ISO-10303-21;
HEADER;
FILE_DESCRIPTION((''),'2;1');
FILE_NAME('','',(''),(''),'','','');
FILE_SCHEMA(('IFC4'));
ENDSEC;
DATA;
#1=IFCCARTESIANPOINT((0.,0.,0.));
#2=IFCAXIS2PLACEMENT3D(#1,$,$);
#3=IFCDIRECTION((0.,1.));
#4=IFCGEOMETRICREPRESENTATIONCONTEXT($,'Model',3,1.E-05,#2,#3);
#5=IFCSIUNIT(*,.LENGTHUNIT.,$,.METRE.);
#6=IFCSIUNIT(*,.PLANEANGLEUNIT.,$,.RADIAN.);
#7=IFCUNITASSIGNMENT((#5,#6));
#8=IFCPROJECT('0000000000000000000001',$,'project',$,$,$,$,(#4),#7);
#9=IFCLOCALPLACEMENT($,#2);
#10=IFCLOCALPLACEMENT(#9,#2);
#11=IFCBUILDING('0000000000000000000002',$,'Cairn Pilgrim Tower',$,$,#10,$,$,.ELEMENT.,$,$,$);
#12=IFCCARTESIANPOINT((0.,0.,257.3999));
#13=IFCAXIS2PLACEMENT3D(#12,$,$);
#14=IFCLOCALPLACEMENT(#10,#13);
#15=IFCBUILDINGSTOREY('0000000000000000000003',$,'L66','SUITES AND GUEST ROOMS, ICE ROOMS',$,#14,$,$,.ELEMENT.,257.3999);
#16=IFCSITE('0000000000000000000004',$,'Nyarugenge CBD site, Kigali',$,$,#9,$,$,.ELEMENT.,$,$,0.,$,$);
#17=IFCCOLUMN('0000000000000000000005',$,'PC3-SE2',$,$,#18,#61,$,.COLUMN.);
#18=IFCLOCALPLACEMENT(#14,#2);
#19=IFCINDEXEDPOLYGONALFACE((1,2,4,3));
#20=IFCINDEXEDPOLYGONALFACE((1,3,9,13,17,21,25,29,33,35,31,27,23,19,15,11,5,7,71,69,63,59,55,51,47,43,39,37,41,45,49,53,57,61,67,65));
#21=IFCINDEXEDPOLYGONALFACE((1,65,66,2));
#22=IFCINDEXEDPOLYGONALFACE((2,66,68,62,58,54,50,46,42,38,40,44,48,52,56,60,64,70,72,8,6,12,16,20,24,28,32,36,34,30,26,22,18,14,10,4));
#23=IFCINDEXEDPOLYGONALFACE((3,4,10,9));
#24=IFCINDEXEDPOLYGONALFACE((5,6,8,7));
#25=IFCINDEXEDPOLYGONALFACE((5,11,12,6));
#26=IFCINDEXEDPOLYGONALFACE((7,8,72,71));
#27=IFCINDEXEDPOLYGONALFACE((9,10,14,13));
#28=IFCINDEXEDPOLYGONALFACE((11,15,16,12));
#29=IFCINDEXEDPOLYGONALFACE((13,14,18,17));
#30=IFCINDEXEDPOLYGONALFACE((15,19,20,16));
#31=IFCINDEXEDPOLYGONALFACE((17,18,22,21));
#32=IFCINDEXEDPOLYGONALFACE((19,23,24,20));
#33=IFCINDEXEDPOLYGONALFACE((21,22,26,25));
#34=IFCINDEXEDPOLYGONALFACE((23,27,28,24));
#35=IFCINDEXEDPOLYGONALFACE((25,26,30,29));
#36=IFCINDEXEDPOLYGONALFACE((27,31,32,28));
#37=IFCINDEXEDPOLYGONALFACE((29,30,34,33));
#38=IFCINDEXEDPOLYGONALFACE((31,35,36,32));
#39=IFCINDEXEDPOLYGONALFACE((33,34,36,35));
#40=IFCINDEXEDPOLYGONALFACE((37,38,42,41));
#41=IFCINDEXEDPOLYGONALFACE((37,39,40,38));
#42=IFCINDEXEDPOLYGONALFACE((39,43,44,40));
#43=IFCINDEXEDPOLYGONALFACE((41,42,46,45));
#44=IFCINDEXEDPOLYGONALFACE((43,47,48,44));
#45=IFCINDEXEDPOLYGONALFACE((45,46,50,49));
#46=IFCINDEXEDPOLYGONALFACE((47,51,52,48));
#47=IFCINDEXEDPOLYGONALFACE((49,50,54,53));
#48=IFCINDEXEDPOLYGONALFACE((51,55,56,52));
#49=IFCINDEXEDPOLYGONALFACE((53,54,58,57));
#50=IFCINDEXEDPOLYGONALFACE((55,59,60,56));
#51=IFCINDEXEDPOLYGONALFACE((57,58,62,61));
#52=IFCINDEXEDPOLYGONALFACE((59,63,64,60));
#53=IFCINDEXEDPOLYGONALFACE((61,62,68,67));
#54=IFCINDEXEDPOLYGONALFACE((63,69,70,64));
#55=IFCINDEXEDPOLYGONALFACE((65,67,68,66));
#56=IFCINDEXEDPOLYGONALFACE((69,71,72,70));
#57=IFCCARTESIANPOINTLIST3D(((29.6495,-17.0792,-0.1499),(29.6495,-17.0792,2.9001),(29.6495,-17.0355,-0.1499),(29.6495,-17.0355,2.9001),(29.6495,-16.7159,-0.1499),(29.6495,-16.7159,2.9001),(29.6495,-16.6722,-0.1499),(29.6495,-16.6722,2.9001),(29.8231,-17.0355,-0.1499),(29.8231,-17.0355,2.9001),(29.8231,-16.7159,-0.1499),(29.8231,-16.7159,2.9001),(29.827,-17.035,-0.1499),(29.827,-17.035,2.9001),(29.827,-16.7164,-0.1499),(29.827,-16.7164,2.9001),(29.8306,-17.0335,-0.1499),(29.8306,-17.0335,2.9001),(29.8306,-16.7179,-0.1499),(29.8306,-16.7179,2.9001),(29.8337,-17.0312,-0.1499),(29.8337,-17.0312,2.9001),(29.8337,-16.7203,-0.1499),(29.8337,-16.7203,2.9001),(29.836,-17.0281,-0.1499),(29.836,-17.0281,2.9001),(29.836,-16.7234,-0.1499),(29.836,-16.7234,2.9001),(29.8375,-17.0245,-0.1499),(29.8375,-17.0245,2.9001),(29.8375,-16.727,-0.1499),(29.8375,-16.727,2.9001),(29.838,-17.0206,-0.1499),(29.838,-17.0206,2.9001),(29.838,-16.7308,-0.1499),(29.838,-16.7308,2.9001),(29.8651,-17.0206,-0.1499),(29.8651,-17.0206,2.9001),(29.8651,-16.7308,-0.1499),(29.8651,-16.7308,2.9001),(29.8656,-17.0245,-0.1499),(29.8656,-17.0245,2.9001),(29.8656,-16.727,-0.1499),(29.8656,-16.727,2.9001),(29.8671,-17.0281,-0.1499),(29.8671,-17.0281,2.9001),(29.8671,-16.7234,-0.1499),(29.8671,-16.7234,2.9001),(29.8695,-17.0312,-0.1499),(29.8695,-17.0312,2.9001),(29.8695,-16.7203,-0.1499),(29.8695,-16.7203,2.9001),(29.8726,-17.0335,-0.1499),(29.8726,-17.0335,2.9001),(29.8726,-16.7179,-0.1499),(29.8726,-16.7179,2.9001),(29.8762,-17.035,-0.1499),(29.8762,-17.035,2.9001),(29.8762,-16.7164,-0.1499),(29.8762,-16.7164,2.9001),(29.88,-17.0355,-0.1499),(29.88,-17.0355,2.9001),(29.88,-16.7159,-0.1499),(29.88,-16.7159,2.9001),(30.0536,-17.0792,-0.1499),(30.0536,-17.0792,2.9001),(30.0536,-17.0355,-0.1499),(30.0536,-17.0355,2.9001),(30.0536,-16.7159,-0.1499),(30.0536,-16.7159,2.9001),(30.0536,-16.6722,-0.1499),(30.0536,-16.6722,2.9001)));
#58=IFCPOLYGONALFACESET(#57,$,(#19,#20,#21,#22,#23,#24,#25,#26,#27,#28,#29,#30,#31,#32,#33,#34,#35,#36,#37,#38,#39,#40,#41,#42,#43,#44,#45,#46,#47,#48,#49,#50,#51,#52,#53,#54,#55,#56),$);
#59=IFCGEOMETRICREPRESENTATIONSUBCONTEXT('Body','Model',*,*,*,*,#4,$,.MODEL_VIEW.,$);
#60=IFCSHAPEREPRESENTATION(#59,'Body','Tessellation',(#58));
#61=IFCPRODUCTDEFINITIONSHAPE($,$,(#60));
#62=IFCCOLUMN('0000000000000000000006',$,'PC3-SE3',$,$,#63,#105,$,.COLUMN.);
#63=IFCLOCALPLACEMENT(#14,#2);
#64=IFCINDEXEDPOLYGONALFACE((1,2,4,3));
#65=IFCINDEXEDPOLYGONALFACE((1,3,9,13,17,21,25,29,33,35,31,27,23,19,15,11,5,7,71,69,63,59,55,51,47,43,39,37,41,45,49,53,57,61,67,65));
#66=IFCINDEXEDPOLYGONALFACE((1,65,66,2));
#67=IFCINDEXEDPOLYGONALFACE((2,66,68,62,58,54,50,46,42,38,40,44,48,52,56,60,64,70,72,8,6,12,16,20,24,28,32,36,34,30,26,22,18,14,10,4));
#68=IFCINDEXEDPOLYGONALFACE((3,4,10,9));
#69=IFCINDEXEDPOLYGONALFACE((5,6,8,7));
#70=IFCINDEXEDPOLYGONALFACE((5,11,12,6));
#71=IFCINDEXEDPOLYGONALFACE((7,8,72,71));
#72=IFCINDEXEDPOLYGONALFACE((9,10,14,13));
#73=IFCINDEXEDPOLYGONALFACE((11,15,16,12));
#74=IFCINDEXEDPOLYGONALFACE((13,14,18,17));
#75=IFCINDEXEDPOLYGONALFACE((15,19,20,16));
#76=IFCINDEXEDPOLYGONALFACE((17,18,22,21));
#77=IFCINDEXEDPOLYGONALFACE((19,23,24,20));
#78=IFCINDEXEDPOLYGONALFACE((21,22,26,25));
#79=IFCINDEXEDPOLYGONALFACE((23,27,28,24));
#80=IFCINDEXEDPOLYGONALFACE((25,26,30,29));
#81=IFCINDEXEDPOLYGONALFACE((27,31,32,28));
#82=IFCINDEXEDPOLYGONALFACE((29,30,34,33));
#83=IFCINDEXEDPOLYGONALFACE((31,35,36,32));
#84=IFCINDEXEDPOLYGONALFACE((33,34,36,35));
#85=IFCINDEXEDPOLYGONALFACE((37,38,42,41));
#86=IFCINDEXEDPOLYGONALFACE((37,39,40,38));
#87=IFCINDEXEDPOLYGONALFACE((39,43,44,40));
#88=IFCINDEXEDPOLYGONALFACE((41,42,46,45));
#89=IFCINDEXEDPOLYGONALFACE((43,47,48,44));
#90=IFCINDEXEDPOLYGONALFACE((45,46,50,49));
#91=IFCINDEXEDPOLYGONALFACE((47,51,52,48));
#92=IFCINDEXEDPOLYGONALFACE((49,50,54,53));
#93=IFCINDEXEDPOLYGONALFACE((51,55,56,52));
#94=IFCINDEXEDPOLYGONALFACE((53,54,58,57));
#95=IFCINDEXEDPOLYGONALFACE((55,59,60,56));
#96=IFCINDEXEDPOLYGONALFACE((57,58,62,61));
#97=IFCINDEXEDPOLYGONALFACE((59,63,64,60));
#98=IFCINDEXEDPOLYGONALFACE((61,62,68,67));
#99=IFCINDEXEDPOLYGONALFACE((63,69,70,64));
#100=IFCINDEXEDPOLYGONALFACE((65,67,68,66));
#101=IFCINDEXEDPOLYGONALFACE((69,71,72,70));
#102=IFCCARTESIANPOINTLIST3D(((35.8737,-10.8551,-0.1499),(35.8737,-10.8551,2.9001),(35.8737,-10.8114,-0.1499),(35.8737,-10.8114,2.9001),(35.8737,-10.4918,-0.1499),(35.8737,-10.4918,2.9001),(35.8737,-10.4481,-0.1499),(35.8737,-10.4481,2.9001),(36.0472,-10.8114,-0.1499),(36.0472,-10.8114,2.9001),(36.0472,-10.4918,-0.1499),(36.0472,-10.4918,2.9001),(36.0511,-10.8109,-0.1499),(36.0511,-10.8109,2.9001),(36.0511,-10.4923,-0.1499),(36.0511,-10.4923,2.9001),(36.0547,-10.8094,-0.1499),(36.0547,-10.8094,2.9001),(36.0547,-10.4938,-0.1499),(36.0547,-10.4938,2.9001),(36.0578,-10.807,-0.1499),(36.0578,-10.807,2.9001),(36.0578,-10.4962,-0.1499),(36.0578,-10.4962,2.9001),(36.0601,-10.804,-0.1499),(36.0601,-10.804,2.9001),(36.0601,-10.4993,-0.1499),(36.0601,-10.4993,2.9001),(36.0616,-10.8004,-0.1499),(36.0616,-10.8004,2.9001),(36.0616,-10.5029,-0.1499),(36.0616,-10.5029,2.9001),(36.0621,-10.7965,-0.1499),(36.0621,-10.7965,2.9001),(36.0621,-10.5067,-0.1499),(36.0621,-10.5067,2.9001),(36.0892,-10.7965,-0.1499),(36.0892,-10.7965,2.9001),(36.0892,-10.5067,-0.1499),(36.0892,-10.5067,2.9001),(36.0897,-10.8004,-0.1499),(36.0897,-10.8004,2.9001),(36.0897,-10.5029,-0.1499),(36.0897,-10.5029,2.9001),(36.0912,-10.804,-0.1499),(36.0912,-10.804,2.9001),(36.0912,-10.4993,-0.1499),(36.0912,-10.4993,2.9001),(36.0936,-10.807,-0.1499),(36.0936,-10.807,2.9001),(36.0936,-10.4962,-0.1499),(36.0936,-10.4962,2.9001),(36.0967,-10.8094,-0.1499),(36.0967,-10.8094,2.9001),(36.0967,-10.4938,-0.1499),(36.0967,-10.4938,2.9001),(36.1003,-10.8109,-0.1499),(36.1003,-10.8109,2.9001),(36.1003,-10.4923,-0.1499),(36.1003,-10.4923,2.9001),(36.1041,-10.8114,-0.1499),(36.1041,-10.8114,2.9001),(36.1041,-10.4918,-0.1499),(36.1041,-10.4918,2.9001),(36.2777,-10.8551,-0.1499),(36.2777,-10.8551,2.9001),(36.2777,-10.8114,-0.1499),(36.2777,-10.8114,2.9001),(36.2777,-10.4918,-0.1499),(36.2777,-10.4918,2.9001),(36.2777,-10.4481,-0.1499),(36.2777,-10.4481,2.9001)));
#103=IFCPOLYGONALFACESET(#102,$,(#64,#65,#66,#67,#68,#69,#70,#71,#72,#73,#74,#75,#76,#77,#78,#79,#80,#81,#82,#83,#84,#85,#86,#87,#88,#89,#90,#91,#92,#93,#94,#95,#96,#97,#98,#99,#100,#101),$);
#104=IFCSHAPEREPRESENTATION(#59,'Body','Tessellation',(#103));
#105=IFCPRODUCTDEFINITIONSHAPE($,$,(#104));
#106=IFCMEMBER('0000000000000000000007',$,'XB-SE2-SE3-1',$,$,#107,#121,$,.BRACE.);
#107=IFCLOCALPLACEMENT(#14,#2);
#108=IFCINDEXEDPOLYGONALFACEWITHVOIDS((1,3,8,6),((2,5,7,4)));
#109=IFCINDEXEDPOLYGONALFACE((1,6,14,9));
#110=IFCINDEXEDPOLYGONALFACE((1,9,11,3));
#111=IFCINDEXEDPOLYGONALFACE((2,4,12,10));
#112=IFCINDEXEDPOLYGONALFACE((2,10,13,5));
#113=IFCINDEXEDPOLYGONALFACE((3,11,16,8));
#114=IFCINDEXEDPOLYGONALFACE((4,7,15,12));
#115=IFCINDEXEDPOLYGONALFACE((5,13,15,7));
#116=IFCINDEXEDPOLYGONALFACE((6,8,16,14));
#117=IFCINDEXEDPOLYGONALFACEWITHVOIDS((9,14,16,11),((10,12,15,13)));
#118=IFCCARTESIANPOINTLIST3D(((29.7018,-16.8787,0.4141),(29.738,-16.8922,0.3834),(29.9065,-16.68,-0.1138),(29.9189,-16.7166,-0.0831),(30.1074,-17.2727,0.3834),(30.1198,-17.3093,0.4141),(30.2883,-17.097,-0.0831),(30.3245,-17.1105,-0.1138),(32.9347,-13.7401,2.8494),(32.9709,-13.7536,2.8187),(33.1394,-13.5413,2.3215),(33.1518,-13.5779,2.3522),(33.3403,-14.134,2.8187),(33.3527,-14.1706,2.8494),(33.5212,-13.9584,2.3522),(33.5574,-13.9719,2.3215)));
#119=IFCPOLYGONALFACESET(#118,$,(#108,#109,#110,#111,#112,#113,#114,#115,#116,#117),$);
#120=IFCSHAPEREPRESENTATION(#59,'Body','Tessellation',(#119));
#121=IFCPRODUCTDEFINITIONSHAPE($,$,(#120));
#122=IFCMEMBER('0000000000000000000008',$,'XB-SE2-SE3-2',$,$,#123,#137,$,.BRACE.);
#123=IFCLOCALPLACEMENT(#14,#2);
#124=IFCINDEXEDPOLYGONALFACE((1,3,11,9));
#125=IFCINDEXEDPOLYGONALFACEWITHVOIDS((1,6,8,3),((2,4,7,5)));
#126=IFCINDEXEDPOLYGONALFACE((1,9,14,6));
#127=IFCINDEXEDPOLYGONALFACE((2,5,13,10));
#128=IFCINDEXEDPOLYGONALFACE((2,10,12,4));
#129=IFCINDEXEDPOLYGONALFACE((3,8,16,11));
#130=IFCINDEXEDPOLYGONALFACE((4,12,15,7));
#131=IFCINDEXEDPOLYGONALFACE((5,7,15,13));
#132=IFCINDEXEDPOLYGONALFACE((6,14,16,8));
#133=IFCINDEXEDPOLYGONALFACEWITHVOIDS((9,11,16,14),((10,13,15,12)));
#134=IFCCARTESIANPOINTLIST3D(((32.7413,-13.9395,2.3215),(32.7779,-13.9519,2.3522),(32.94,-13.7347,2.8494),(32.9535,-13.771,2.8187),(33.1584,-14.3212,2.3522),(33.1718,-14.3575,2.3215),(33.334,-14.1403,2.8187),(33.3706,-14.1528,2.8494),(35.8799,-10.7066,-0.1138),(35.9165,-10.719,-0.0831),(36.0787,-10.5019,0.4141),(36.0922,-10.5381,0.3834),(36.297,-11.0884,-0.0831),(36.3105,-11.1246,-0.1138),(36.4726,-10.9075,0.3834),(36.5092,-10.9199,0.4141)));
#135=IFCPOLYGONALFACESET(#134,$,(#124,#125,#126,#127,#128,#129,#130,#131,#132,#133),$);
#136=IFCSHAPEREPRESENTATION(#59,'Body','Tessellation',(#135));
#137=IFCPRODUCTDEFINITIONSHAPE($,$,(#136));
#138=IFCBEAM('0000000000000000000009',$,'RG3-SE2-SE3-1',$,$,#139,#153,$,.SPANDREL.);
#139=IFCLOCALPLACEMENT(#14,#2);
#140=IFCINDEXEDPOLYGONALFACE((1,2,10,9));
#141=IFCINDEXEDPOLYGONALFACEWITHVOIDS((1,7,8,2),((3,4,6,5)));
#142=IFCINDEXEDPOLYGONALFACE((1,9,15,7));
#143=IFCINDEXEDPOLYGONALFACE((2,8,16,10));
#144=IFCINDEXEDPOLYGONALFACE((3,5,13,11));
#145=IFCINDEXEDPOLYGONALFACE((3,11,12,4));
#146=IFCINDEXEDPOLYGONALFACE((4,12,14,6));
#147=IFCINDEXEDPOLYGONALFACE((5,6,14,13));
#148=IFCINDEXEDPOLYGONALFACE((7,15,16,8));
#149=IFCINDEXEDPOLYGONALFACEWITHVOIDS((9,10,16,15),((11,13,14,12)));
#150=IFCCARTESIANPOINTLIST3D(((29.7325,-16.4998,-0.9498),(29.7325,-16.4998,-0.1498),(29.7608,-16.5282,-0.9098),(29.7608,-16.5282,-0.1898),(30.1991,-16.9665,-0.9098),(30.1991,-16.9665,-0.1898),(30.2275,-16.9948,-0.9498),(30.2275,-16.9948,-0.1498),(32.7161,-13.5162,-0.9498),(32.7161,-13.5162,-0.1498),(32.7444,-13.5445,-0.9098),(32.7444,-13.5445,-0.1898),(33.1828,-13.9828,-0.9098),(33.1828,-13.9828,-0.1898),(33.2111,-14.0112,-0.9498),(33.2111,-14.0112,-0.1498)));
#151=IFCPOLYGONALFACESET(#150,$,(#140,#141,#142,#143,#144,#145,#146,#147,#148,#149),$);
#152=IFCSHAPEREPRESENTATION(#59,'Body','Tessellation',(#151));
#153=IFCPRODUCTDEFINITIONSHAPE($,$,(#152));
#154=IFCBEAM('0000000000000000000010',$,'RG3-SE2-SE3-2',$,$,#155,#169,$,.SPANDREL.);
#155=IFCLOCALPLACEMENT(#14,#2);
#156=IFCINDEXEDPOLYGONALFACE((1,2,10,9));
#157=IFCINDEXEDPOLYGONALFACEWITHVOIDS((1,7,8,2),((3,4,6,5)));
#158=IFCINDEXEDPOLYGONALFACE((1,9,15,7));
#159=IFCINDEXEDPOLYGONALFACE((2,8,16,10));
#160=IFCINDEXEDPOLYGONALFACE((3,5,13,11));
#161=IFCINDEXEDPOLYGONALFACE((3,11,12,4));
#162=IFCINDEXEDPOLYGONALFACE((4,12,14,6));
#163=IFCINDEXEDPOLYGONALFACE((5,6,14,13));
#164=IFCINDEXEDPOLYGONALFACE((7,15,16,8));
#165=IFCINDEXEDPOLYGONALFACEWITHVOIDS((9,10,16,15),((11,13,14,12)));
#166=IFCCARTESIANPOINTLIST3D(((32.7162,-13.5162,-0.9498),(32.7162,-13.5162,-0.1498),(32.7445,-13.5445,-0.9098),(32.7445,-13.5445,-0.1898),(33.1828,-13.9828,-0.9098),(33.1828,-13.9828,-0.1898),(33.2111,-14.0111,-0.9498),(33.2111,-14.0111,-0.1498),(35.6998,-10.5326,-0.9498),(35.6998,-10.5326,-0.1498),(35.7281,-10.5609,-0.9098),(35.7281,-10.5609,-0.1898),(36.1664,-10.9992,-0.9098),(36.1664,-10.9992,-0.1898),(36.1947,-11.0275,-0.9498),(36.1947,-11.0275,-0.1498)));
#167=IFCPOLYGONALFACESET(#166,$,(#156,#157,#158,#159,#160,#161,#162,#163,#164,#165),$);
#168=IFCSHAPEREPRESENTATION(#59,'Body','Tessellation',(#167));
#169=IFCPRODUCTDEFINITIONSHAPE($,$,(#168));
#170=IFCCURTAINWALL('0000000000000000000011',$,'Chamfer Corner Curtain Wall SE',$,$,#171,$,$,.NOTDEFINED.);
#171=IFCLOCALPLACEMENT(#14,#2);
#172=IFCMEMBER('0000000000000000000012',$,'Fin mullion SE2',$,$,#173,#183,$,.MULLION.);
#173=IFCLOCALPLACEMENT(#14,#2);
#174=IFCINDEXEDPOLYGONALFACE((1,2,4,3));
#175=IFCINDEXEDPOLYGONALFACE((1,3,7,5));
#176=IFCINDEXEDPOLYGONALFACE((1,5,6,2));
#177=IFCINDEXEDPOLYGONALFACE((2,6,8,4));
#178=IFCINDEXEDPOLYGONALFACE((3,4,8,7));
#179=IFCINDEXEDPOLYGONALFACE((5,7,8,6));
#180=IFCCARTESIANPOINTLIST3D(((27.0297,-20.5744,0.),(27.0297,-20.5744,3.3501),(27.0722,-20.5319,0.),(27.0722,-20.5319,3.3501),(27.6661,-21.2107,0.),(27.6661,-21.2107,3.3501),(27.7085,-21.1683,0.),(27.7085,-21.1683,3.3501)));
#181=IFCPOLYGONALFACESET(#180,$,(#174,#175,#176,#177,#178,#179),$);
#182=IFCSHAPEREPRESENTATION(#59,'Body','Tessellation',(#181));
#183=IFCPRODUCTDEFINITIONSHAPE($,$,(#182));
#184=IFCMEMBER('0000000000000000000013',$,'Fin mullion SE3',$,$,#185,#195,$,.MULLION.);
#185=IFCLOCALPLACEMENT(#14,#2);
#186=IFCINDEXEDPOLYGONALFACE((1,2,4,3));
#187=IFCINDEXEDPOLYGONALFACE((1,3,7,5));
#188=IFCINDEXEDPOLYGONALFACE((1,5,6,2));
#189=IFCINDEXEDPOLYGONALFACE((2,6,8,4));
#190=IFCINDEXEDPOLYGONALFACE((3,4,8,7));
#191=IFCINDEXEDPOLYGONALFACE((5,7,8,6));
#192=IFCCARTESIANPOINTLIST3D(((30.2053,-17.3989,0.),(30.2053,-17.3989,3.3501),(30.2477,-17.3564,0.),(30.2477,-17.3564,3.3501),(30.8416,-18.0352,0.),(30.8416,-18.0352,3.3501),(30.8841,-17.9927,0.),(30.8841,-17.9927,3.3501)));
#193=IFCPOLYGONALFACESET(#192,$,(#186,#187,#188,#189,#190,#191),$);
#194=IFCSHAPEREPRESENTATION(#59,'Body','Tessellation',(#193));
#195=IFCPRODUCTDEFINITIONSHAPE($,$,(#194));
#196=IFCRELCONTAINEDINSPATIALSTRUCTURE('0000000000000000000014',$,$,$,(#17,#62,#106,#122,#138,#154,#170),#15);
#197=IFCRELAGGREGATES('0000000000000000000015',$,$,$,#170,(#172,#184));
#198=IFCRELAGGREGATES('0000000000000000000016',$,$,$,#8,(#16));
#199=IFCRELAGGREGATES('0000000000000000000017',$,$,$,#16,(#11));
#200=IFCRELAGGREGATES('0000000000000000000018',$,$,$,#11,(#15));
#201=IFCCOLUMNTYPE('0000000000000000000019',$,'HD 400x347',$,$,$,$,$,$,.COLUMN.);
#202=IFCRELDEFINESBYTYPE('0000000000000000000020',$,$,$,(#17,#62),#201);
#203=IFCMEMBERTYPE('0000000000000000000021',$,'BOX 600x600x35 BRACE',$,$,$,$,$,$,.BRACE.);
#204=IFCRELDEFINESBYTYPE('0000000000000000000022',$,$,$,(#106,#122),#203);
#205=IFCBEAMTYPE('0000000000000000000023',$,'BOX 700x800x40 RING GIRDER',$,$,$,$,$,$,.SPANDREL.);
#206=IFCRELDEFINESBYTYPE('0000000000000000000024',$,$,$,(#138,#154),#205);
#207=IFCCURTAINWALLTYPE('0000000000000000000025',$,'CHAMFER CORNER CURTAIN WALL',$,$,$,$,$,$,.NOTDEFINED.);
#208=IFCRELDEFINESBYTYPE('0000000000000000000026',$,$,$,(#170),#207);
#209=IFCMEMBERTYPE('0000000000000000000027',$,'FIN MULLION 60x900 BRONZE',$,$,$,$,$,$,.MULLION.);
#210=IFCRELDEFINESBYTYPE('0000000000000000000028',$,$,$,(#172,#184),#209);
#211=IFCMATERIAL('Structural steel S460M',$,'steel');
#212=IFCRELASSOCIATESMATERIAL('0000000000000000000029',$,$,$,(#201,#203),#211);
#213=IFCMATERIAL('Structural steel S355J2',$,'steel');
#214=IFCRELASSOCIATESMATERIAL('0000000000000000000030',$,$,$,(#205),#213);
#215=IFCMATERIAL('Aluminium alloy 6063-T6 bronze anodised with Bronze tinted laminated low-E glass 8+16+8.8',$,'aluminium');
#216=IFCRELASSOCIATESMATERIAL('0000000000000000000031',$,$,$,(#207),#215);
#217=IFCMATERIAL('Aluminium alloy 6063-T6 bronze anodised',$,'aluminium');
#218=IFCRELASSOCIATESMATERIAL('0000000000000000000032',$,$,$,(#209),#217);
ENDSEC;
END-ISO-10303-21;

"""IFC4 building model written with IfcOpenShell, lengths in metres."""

from ifc_helpers import new_model, si_unit, direction, frame, origin, origin_2d, place, context, subcontext, project, spatial, rectangle, hollow_rectangle, i_section, extrude, clip, halfspace, material, material_profile, profile_set, type_object, element, aggregate, save


model = new_model("IFC4")

# Units and contexts
model_context = context("Model", 3, precision=1e-05, world=origin(), true_north=direction((0.0, 1.0)))
body_context = subcontext(model_context, "Body", "Model", "MODEL_VIEW")
ifc_project = project(units=[si_unit("LENGTHUNIT", "METRE"), si_unit("PLANEANGLEUNIT", "RADIAN")], contexts=[model_context])

# Site, building, storey
site_placement = place(None, origin())
site = spatial("IfcSite", under=ifc_project, at=site_placement, Name="Nyarugenge CBD site, Kigali", CompositionType="ELEMENT", RefElevation=0.0)
building_placement = place(site_placement, origin())
building = spatial("IfcBuilding", under=site, at=building_placement, Name="Cairn Pilgrim Tower", CompositionType="ELEMENT")
storey_placement = place(building_placement, frame((0.0, 0.0, 257.3999)))
storey = spatial("IfcBuildingStorey", under=building, at=storey_placement, Name="L66", Description="SUITES AND GUEST ROOMS, ICE ROOMS", CompositionType="ELEMENT", Elevation=257.3999)

# Columns
ifc_material_1 = material(Name="Structural steel S460M", Category="steel")
ifc_material_profile_1 = material_profile(ifc_material_1, i_section(OverallWidth=0.4041, OverallDepth=0.407, WebThickness=0.0271, FlangeThickness=0.0437, FilletRadius=0.0149, at=origin_2d()), Name="HD 400x347")
ifc_profile_set_1 = profile_set([ifc_material_profile_1], Name="Structural steel S460M")
column_type = type_object("IfcColumnType", Name="HD 400x347", PredefinedType="COLUMN", material=ifc_profile_set_1)
for number, where, z_axis, x_axis, name in (
    (1, (29.8516, -16.8757, -0.1499), (0.0, 0.0, 1.0), (1.0, 0.0, 0.0), "PC3-SE2"),
    (2, (36.0757, -10.6516, -0.1499), (0.0, 0.0, 1.0), (1.0, 0.0, 0.0), "PC3-SE3"),
):
    element("IfcColumn", number, at=place(storey_placement, frame(where, z_axis=z_axis, x_axis=x_axis)), inside=storey, type_object=column_type, Name=name, PredefinedType="COLUMN", context=body_context, shape_type="Clipping", body=[
        clip(extrude(i_section(OverallWidth=0.4041, OverallDepth=0.407, WebThickness=0.0271, FlangeThickness=0.0437, FilletRadius=0.0149, at=origin_2d()), origin(), (0.0, 0.0, 1.0), 3.5), halfspace(frame((0.0, 0.0, 3.05), z_axis=(0.0, 0.0, 1.0), x_axis=(1.0, 0.0, 0.0)), False)),
    ])

# Members
ifc_material_profile_2 = material_profile(ifc_material_1, hollow_rectangle(XDim=0.6001, YDim=0.6001, WallThickness=0.0349, at=origin_2d()), Name="BOX 600x600x35")
ifc_profile_set_2 = profile_set([ifc_material_profile_2], Name="Structural steel S460M")
member_type_1 = type_object("IfcMemberType", Name="BOX 600x600x35 BRACE", PredefinedType="BRACE", material=ifc_profile_set_2)
for number, where, z_axis, x_axis, name in (
    (3, (30.0132, -16.9946, 0.1501), (0.631196, 0.612797, 0.47547), (-0.696572, 0.717487, 0.0), "XB-SE2-SE3-1"),
    (4, (36.1946, -10.8132, 0.1501), (-0.612797, -0.631196, 0.47547), (0.717487, -0.696572, 0.0), "XB-SE2-SE3-2"),
):
    element("IfcMember", number, at=place(storey_placement, frame(where, z_axis=z_axis, x_axis=x_axis)), inside=storey, type_object=member_type_1, Name=name, PredefinedType="BRACE", context=body_context, shape_type="SweptSolid", body=[
        extrude(hollow_rectangle(XDim=0.6001, YDim=0.6001, WallThickness=0.0349, at=origin_2d()), origin(), (0.0, 0.0, 1.0), 5.1218),
    ])

# Beams
ifc_material_2 = material(Name="Structural steel S355J2", Category="steel")
ifc_material_profile_3 = material_profile(ifc_material_2, hollow_rectangle(XDim=0.7, YDim=0.8, WallThickness=0.04, at=origin_2d()), Name="BOX 700x800x40")
ifc_profile_set_3 = profile_set([ifc_material_profile_3], Name="Structural steel S355J2")
beam_type_1 = type_object("IfcBeamType", Name="BOX 700x800x40 RING GIRDER", PredefinedType="SPANDREL", material=ifc_profile_set_3)
for number, where, z_axis, x_axis, name in (
    (5, (29.98, -16.7473, -0.5498), (0.707107, 0.707107, 0.0), (-0.707107, 0.707107, 0.0), "RG3-SE2-SE3-1"),
    (6, (32.9636, -13.7637, -0.5498), (0.707107, 0.707107, 0.0), (-0.707107, 0.707107, 0.0), "RG3-SE2-SE3-2"),
):
    element("IfcBeam", number, at=place(storey_placement, frame(where, z_axis=z_axis, x_axis=x_axis)), inside=storey, type_object=beam_type_1, Name=name, PredefinedType="SPANDREL", context=body_context, shape_type="SweptSolid", body=[
        extrude(hollow_rectangle(XDim=0.7, YDim=0.8, WallThickness=0.04, at=origin_2d()), origin(), (0.0, 0.0, 1.0), 4.2195),
    ])

# Curtain wall, members
ifc_material_3 = material(Name="Aluminium alloy 6063-T6 bronze anodised with Bronze tinted laminated low-E glass 8+16+8.8", Category="aluminium")
curtain_wall_type = type_object("IfcCurtainWallType", Name="CHAMFER CORNER CURTAIN WALL", PredefinedType="NOTDEFINED", material=ifc_material_3)
curtain_wall_placement = place(storey_placement, origin())
curtain_wall = element("IfcCurtainWall", 7, at=curtain_wall_placement, inside=storey, type_object=curtain_wall_type, Name="Chamfer Corner Curtain Wall SE", PredefinedType="NOTDEFINED")
ifc_material_4 = material(Name="Aluminium alloy 6063-T6 bronze anodised", Category="aluminium")
ifc_material_profile_4 = material_profile(ifc_material_4, rectangle(XDim=0.8999, YDim=0.0601, at=origin_2d()), Name="FIN MULLION 60x900 BRONZE")
ifc_profile_set_4 = profile_set([ifc_material_profile_4], Name="Aluminium alloy 6063-T6 bronze anodised")
member_type_2 = type_object("IfcMemberType", Name="FIN MULLION 60x900 BRONZE", PredefinedType="MULLION", material=ifc_profile_set_4)
member_1_placement = place(storey_placement, frame((27.3691, -20.8713, 0.0), z_axis=(0.0, 0.0, 1.0), x_axis=(0.707107, -0.707107, 0.0)))
member_1 = element("IfcMember", 8, at=member_1_placement, type_object=member_type_2, Name="Fin mullion SE2", PredefinedType="MULLION", context=body_context, shape_type="SweptSolid", body=[
    extrude(rectangle(XDim=0.8999, YDim=0.0601, at=origin_2d()), origin(), (0.0, 0.0, 1.0), 3.3501),
])
member_2_placement = place(storey_placement, frame((30.5447, -17.6958, 0.0), z_axis=(0.0, 0.0, 1.0), x_axis=(0.707107, -0.707107, 0.0)))
member_2 = element("IfcMember", 9, at=member_2_placement, type_object=member_type_2, Name="Fin mullion SE3", PredefinedType="MULLION", context=body_context, shape_type="SweptSolid", body=[
    extrude(rectangle(XDim=0.8999, YDim=0.0601, at=origin_2d()), origin(), (0.0, 0.0, 1.0), 3.3501),
])

aggregate(curtain_wall, [member_1, member_2])

save(model, "model.ifc")
